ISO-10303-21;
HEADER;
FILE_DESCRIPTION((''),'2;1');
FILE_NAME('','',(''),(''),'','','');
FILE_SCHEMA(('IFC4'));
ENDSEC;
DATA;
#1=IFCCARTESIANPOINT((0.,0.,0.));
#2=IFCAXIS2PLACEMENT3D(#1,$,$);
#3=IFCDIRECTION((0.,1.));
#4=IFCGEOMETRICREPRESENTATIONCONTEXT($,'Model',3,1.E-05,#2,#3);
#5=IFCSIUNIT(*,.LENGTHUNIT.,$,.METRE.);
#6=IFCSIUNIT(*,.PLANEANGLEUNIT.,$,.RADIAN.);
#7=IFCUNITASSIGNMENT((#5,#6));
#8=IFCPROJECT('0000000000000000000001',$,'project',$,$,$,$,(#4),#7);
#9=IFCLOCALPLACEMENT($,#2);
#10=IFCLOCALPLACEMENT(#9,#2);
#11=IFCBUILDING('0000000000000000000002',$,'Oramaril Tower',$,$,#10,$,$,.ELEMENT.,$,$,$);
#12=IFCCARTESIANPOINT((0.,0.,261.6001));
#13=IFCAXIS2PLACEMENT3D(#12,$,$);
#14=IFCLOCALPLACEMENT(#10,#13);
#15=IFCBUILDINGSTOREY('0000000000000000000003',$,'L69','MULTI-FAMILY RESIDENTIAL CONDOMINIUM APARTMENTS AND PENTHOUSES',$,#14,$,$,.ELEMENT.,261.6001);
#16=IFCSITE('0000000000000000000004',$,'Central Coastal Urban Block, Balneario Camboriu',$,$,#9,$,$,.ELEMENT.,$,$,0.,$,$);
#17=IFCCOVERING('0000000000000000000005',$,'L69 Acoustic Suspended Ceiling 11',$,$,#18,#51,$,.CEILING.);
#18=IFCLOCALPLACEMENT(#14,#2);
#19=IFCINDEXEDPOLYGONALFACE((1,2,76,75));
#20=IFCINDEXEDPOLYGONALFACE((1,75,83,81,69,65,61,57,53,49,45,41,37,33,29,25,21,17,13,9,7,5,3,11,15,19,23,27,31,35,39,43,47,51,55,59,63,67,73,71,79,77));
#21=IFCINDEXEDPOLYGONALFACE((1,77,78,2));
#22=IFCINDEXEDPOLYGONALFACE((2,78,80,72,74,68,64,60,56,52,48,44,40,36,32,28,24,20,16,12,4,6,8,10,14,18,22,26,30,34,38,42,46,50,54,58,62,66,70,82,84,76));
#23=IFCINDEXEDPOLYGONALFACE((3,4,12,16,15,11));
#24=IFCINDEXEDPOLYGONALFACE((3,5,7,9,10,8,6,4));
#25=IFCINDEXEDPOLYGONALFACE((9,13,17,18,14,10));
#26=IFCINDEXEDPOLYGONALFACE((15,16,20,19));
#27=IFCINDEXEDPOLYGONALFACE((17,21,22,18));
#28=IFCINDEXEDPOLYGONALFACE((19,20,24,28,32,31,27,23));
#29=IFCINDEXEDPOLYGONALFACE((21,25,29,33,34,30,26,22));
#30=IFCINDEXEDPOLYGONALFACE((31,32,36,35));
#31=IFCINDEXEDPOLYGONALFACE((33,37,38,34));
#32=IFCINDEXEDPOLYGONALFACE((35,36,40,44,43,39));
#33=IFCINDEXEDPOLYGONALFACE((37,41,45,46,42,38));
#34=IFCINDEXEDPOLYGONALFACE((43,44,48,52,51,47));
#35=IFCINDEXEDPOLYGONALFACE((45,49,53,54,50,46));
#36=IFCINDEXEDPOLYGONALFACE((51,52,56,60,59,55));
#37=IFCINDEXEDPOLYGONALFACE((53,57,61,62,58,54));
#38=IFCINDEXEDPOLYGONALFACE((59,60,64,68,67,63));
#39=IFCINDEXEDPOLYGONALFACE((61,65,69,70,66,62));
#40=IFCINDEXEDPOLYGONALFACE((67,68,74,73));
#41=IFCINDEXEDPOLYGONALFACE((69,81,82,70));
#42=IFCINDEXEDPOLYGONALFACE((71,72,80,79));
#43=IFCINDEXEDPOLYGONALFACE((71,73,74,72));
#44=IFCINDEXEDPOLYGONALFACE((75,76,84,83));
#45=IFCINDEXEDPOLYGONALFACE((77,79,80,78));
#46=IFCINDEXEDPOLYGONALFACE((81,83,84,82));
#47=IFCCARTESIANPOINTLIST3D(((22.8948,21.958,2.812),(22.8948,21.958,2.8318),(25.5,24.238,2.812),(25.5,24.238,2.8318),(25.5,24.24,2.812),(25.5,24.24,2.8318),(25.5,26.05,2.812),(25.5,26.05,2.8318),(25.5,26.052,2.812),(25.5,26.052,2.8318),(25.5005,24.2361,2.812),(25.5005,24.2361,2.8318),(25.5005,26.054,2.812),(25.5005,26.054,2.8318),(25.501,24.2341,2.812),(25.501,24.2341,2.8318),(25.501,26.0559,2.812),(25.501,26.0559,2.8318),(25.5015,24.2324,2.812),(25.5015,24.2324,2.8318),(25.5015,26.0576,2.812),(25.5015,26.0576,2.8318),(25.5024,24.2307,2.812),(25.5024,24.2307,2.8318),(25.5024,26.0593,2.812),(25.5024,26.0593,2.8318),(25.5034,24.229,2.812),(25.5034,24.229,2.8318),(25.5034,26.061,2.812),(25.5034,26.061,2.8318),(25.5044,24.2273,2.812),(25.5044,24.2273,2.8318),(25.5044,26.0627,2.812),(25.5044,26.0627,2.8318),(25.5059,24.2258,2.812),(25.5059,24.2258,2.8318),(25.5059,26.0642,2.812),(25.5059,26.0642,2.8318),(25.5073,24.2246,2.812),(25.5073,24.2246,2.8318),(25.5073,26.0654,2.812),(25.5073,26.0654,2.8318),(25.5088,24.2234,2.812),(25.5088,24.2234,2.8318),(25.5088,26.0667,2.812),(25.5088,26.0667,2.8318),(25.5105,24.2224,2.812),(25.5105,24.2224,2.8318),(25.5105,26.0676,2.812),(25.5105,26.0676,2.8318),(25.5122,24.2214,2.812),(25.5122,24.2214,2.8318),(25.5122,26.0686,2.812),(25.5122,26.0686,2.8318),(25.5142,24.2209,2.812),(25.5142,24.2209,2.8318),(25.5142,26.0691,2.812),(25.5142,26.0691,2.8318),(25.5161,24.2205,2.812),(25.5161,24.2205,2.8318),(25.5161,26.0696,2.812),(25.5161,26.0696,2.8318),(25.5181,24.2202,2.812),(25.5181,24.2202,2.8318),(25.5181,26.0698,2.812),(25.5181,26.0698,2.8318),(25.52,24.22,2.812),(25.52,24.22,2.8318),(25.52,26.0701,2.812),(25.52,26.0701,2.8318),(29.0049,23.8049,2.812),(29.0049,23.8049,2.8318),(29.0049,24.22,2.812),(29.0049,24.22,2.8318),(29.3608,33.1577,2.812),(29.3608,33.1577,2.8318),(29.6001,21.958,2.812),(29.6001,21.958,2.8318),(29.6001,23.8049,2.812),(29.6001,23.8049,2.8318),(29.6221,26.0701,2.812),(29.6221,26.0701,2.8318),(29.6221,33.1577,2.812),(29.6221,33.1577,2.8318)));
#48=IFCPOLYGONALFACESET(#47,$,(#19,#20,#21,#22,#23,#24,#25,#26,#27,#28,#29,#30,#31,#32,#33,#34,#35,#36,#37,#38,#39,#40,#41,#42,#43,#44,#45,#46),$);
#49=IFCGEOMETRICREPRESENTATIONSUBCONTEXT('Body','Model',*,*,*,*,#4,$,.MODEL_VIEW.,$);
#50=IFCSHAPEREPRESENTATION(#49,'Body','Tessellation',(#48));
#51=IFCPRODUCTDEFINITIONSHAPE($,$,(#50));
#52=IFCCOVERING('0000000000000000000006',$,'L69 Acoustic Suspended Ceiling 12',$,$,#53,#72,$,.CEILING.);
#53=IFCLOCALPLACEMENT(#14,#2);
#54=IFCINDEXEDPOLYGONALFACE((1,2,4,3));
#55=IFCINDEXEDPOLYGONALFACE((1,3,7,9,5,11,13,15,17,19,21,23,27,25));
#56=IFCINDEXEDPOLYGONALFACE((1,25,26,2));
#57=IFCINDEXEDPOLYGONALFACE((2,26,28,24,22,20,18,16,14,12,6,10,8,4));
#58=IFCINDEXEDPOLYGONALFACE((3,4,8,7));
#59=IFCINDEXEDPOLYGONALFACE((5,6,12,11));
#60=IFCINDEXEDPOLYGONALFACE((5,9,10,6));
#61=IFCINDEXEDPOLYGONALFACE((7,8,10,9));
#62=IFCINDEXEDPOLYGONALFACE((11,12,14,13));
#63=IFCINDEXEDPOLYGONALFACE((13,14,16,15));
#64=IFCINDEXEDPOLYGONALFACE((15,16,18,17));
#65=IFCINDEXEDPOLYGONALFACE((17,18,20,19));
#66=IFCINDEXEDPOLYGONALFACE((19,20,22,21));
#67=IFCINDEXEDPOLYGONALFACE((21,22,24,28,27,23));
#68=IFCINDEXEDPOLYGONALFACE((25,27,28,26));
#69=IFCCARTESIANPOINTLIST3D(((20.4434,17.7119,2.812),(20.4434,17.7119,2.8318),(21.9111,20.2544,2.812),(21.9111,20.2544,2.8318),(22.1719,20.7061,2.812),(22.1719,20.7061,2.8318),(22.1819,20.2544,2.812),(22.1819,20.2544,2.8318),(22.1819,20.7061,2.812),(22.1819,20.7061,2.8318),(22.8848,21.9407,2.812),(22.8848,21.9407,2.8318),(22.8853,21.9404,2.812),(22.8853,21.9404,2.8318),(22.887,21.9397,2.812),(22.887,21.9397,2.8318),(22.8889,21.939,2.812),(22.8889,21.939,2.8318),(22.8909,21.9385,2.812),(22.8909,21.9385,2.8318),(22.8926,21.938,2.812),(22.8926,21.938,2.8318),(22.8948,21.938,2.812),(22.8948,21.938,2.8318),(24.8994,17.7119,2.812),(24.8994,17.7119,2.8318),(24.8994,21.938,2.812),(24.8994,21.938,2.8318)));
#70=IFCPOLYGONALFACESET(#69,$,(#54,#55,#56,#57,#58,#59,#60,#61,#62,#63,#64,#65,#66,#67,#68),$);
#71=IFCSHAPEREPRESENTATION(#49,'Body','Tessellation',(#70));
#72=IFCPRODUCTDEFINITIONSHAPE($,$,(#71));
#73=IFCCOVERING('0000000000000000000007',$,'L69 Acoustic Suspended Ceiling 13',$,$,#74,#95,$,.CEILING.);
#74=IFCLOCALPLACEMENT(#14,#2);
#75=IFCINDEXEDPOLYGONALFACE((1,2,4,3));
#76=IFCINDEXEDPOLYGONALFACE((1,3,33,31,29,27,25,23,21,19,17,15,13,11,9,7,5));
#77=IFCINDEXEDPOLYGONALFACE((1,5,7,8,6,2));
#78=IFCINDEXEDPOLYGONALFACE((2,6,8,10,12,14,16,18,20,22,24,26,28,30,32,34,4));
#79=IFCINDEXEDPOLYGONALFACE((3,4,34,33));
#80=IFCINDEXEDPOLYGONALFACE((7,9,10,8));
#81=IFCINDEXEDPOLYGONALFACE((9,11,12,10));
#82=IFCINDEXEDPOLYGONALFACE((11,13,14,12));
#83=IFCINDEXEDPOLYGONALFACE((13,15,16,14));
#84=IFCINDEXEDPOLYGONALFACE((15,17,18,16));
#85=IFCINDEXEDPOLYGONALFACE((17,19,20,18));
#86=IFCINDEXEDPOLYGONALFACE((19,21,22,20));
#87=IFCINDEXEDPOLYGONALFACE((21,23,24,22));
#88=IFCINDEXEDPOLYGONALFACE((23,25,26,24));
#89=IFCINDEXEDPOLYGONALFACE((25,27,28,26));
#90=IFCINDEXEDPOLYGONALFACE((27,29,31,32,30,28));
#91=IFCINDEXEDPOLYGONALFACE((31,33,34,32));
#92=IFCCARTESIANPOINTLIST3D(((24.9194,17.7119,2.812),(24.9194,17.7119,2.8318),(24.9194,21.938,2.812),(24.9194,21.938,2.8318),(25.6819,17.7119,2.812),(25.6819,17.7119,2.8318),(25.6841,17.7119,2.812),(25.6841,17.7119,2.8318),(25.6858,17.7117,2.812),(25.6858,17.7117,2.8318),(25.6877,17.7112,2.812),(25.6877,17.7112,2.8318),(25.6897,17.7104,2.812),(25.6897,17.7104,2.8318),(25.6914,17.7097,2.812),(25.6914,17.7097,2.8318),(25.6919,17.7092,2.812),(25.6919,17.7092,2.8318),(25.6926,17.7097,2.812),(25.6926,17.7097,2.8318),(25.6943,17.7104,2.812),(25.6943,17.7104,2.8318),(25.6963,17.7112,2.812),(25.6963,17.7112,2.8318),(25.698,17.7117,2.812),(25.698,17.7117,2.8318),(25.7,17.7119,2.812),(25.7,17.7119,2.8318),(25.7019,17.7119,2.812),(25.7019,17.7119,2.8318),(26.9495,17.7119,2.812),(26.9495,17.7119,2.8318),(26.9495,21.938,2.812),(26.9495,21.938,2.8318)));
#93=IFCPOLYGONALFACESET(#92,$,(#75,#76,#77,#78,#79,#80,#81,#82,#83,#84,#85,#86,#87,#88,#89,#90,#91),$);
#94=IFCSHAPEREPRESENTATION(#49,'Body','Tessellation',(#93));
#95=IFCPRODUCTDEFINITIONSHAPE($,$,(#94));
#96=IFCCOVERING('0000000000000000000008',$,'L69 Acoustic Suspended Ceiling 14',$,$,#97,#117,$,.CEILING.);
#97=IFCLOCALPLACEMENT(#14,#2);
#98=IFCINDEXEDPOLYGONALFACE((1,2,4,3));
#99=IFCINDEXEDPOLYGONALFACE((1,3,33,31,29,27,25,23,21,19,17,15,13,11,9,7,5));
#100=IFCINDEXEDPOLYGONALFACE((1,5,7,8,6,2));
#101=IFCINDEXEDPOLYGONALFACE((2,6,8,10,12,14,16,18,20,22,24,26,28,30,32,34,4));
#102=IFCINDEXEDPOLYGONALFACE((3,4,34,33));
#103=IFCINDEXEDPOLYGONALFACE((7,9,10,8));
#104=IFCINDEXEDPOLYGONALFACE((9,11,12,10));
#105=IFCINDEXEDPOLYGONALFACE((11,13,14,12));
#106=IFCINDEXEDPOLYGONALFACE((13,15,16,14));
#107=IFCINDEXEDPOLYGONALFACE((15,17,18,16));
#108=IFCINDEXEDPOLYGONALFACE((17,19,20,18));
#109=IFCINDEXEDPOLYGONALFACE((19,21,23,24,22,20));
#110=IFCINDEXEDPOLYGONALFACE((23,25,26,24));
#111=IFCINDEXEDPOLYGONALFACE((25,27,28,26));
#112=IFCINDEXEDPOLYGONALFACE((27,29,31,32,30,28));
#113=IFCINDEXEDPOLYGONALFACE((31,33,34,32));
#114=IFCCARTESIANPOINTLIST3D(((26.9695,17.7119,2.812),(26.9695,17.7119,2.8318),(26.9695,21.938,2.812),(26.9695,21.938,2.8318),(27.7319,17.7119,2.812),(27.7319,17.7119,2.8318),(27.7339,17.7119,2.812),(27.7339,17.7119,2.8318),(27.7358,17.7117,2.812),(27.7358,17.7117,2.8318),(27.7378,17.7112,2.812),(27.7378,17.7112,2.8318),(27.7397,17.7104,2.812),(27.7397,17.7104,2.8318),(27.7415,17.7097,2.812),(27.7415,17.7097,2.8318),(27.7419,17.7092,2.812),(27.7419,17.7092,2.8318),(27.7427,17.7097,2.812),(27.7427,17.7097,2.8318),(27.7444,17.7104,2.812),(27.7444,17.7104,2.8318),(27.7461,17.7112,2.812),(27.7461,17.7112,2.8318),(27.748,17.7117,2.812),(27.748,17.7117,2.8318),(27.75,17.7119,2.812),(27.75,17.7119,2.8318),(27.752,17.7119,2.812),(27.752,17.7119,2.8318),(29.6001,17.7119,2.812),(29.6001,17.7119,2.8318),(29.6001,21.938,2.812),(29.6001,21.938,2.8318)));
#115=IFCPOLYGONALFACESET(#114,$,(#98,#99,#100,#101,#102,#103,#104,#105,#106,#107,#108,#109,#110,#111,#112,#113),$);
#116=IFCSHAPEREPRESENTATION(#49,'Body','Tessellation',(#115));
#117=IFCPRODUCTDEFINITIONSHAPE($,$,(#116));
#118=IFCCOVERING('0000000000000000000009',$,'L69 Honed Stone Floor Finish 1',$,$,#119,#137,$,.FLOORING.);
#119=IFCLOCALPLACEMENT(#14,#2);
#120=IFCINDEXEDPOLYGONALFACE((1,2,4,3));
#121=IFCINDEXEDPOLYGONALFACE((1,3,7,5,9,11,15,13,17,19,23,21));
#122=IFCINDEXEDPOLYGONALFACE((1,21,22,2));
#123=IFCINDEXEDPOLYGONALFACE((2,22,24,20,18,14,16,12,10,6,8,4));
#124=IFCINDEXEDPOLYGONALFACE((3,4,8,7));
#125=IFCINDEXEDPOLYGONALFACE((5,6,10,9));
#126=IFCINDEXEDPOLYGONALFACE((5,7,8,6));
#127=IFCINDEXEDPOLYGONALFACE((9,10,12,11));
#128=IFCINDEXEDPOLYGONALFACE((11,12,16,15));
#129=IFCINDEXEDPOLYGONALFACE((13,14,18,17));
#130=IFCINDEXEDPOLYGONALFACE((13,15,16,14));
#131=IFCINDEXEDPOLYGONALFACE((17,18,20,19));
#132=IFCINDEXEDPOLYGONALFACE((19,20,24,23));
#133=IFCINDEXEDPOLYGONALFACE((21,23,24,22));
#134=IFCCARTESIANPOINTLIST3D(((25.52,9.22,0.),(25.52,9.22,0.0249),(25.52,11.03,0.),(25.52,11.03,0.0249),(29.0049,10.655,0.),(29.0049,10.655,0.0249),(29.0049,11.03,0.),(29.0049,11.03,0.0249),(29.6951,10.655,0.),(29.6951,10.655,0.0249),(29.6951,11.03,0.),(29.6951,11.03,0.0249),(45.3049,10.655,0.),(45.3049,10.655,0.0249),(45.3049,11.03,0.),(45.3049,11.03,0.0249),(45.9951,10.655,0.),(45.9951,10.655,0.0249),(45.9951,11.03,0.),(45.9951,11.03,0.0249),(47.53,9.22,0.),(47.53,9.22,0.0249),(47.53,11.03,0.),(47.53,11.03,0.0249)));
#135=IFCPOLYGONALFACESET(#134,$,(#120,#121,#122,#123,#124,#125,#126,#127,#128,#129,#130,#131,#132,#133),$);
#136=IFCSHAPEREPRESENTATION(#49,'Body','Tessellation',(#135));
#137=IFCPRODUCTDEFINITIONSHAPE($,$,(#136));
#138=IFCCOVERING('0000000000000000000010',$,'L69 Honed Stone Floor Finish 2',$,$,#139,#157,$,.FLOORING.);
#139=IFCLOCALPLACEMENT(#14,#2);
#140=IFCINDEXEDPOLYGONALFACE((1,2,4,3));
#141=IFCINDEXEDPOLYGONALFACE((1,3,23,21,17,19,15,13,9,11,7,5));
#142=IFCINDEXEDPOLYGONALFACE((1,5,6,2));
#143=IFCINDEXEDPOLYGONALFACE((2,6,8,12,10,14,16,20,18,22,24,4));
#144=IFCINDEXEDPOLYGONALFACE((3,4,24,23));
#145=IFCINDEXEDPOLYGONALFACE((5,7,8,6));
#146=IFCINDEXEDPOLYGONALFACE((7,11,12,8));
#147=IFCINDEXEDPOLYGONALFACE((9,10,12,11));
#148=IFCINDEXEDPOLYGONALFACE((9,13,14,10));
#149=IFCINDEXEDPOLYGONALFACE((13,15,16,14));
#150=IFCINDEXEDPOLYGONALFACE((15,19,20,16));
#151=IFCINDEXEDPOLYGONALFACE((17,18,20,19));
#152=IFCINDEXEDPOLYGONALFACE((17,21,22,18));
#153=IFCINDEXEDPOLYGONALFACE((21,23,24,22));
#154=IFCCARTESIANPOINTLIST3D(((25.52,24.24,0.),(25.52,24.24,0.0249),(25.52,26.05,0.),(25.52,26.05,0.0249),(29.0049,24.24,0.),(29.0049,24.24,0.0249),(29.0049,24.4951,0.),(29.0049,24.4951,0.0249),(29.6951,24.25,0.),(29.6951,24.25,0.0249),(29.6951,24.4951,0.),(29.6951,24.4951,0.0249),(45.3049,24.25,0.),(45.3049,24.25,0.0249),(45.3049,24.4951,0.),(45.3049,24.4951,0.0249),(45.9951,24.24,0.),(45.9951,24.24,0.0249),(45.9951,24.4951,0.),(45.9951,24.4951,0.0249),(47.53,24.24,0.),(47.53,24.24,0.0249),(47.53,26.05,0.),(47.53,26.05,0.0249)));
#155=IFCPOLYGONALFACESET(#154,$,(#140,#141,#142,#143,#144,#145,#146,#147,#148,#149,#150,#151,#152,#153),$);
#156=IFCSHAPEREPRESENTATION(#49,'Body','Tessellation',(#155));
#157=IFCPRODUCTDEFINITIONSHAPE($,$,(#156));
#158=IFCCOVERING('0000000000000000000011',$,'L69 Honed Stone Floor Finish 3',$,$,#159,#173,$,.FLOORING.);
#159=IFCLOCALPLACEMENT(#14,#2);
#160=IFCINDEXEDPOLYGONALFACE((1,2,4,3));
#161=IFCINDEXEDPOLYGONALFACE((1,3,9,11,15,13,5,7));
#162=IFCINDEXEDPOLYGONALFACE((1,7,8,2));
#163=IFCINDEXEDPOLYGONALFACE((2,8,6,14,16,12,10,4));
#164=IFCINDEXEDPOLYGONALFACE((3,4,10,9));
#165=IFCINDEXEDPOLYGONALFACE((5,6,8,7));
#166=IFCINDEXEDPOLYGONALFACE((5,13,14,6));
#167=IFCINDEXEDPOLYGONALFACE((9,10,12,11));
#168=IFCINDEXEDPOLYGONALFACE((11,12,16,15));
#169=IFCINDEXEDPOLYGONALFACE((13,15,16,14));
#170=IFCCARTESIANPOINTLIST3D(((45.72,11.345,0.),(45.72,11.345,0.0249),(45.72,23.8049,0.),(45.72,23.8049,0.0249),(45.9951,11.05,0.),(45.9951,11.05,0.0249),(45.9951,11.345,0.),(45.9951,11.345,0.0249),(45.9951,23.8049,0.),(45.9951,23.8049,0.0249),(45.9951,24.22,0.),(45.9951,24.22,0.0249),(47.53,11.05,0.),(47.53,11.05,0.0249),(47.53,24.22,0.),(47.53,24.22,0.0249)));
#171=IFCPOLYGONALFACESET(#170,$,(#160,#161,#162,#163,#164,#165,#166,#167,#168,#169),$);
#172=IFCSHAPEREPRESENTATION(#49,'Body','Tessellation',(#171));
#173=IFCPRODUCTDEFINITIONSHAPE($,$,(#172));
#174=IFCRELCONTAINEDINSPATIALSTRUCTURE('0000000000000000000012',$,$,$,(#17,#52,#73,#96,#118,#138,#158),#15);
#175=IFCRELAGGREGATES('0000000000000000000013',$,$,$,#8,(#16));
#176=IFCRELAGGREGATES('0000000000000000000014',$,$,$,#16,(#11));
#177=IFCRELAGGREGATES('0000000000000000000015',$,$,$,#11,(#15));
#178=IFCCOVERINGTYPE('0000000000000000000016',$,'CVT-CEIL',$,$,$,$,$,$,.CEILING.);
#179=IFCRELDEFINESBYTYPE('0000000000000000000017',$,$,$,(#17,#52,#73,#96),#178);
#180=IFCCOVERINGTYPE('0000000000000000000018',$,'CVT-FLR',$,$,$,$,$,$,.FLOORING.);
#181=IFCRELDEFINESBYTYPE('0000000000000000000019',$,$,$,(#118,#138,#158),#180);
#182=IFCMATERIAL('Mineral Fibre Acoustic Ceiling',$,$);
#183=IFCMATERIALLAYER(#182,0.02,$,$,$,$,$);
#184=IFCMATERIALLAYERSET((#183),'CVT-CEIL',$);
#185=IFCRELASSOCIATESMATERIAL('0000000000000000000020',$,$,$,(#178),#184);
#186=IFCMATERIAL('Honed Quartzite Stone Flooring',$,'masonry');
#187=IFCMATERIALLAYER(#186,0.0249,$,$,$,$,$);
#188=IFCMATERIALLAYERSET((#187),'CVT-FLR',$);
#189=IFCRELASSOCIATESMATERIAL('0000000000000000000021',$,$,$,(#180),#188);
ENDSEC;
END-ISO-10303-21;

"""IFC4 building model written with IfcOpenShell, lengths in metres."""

from ifc_helpers import new_model, si_unit, direction, frame, origin, place, context, subcontext, project, spatial, polyline, outline, extrude, material, layer, layer_set, type_object, element, save


model = new_model("IFC4")

# Units and contexts
model_context = context("Model", 3, precision=1e-05, world=origin(), true_north=direction((0.0, 1.0)))
body_context = subcontext(model_context, "Body", "Model", "MODEL_VIEW")
ifc_project = project(units=[si_unit("LENGTHUNIT", "METRE"), si_unit("PLANEANGLEUNIT", "RADIAN")], contexts=[model_context])

# Site, building, storey
site_placement = place(None, origin())
site = spatial("IfcSite", under=ifc_project, at=site_placement, Name="Central Coastal Urban Block, Balneario Camboriu", CompositionType="ELEMENT", RefElevation=0.0)
building_placement = place(site_placement, origin())
building = spatial("IfcBuilding", under=site, at=building_placement, Name="Oramaril Tower", CompositionType="ELEMENT")
storey_placement = place(building_placement, frame((0.0, 0.0, 261.6001)))
storey = spatial("IfcBuildingStorey", under=building, at=storey_placement, Name="L69", Description="MULTI-FAMILY RESIDENTIAL CONDOMINIUM APARTMENTS AND PENTHOUSES", CompositionType="ELEMENT", Elevation=261.6001)

# Coverings
ifc_material_1 = material(Name="Mineral Fibre Acoustic Ceiling")
ifc_layer_1 = layer(ifc_material_1, 0.02)
ifc_layer_set_1 = layer_set([ifc_layer_1], Name="CVT-CEIL")
covering_type_1 = type_object("IfcCoveringType", Name="CVT-CEIL", PredefinedType="CEILING", material=ifc_layer_set_1)
covering_1_placement = place(storey_placement, frame((0.0, 0.0, 2.812)))
element("IfcCovering", 1, at=covering_1_placement, inside=storey, type_object=covering_type_1, Name="L69 Acoustic Suspended Ceiling 11", PredefinedType="CEILING", context=body_context, shape_type="SweptSolid", body=[
    extrude(outline(polyline([(29.0049, 23.8049), (29.6001, 23.8049), (29.6001, 21.958), (22.8948, 21.958), (29.3608, 33.1577), (29.6221, 33.1577), (29.6221, 26.0701), (25.52, 26.0701), (25.5181, 26.0698), (25.5161, 26.0696), (25.5142, 26.0691), (25.5122, 26.0686), (25.5105, 26.0676), (25.5088, 26.0667), (25.5073, 26.0654), (25.5059, 26.0642), (25.5044, 26.0627), (25.5034, 26.061), (25.5024, 26.0593), (25.5015, 26.0576), (25.501, 26.0559), (25.5005, 26.054), (25.5, 26.052), (25.5, 26.05), (25.5, 24.24), (25.5, 24.238), (25.5005, 24.2361), (25.501, 24.2341), (25.5015, 24.2324), (25.5024, 24.2307), (25.5034, 24.229), (25.5044, 24.2273), (25.5059, 24.2258), (25.5073, 24.2246), (25.5088, 24.2234), (25.5105, 24.2224), (25.5122, 24.2214), (25.5142, 24.2209), (25.5161, 24.2205), (25.5181, 24.2202), (25.52, 24.22), (29.0049, 24.22), (29.0049, 23.8049)])), origin(), (0.0, 0.0, 1.0), 0.0198),
])
covering_2_placement = place(storey_placement, frame((0.0, 0.0, 2.812)))
element("IfcCovering", 2, at=covering_2_placement, inside=storey, type_object=covering_type_1, Name="L69 Acoustic Suspended Ceiling 12", PredefinedType="CEILING", context=body_context, shape_type="SweptSolid", body=[
    extrude(outline(polyline([(22.1819, 20.2544), (22.1819, 20.7061), (22.1719, 20.7061), (22.8848, 21.9407), (22.8853, 21.9404), (22.887, 21.9397), (22.8889, 21.939), (22.8909, 21.9385), (22.8926, 21.938), (22.8948, 21.938), (24.8994, 21.938), (24.8994, 17.7119), (20.4434, 17.7119), (21.9111, 20.2544), (22.1819, 20.2544)])), origin(), (0.0, 0.0, 1.0), 0.0198),
])
covering_3_placement = place(storey_placement, frame((0.0, 0.0, 2.812)))
element("IfcCovering", 3, at=covering_3_placement, inside=storey, type_object=covering_type_1, Name="L69 Acoustic Suspended Ceiling 13", PredefinedType="CEILING", context=body_context, shape_type="SweptSolid", body=[
    extrude(outline(polyline([(26.9495, 17.7119), (25.7019, 17.7119), (25.7, 17.7119), (25.698, 17.7117), (25.6963, 17.7112), (25.6943, 17.7104), (25.6926, 17.7097), (25.6919, 17.7092), (25.6914, 17.7097), (25.6897, 17.7104), (25.6877, 17.7112), (25.6858, 17.7117), (25.6841, 17.7119), (25.6819, 17.7119), (24.9194, 17.7119), (24.9194, 21.938), (26.9495, 21.938), (26.9495, 17.7119)])), origin(), (0.0, 0.0, 1.0), 0.0198),
])
covering_4_placement = place(storey_placement, frame((0.0, 0.0, 2.812)))
element("IfcCovering", 4, at=covering_4_placement, inside=storey, type_object=covering_type_1, Name="L69 Acoustic Suspended Ceiling 14", PredefinedType="CEILING", context=body_context, shape_type="SweptSolid", body=[
    extrude(outline(polyline([(29.6001, 17.7119), (27.752, 17.7119), (27.75, 17.7119), (27.748, 17.7117), (27.7461, 17.7112), (27.7444, 17.7104), (27.7427, 17.7097), (27.7419, 17.7092), (27.7415, 17.7097), (27.7397, 17.7104), (27.7378, 17.7112), (27.7358, 17.7117), (27.7339, 17.7119), (27.7319, 17.7119), (26.9695, 17.7119), (26.9695, 21.938), (29.6001, 21.938), (29.6001, 17.7119)])), origin(), (0.0, 0.0, 1.0), 0.0198),
])
ifc_material_2 = material(Name="Honed Quartzite Stone Flooring", Category="masonry")
ifc_layer_2 = layer(ifc_material_2, 0.0249)
ifc_layer_set_2 = layer_set([ifc_layer_2], Name="CVT-FLR")
covering_type_2 = type_object("IfcCoveringType", Name="CVT-FLR", PredefinedType="FLOORING", material=ifc_layer_set_2)
covering_5_placement = place(storey_placement, origin())
element("IfcCovering", 5, at=covering_5_placement, inside=storey, type_object=covering_type_2, Name="L69 Honed Stone Floor Finish 1", PredefinedType="FLOORING", context=body_context, shape_type="SweptSolid", body=[
    extrude(outline(polyline([(29.0049, 10.655), (29.6951, 10.655), (29.6951, 11.03), (45.3049, 11.03), (45.3049, 10.655), (45.9951, 10.655), (45.9951, 11.03), (47.53, 11.03), (47.53, 9.22), (25.52, 9.22), (25.52, 11.03), (29.0049, 11.03), (29.0049, 10.655)])), origin(), (0.0, 0.0, 1.0), 0.0249),
])
covering_6_placement = place(storey_placement, origin())
element("IfcCovering", 6, at=covering_6_placement, inside=storey, type_object=covering_type_2, Name="L69 Honed Stone Floor Finish 2", PredefinedType="FLOORING", context=body_context, shape_type="SweptSolid", body=[
    extrude(outline(polyline([(47.53, 24.24), (45.9951, 24.24), (45.9951, 24.4951), (45.3049, 24.4951), (45.3049, 24.25), (29.6951, 24.25), (29.6951, 24.4951), (29.0049, 24.4951), (29.0049, 24.24), (25.52, 24.24), (25.52, 26.05), (47.53, 26.05), (47.53, 24.24)])), origin(), (0.0, 0.0, 1.0), 0.0249),
])
covering_7_placement = place(storey_placement, origin())
element("IfcCovering", 7, at=covering_7_placement, inside=storey, type_object=covering_type_2, Name="L69 Honed Stone Floor Finish 3", PredefinedType="FLOORING", context=body_context, shape_type="SweptSolid", body=[
    extrude(outline(polyline([(47.53, 11.05), (45.9951, 11.05), (45.9951, 11.345), (45.72, 11.345), (45.72, 23.8049), (45.9951, 23.8049), (45.9951, 24.22), (47.53, 24.22), (47.53, 11.05)])), origin(), (0.0, 0.0, 1.0), 0.0249),
])

save(model, "model.ifc")
